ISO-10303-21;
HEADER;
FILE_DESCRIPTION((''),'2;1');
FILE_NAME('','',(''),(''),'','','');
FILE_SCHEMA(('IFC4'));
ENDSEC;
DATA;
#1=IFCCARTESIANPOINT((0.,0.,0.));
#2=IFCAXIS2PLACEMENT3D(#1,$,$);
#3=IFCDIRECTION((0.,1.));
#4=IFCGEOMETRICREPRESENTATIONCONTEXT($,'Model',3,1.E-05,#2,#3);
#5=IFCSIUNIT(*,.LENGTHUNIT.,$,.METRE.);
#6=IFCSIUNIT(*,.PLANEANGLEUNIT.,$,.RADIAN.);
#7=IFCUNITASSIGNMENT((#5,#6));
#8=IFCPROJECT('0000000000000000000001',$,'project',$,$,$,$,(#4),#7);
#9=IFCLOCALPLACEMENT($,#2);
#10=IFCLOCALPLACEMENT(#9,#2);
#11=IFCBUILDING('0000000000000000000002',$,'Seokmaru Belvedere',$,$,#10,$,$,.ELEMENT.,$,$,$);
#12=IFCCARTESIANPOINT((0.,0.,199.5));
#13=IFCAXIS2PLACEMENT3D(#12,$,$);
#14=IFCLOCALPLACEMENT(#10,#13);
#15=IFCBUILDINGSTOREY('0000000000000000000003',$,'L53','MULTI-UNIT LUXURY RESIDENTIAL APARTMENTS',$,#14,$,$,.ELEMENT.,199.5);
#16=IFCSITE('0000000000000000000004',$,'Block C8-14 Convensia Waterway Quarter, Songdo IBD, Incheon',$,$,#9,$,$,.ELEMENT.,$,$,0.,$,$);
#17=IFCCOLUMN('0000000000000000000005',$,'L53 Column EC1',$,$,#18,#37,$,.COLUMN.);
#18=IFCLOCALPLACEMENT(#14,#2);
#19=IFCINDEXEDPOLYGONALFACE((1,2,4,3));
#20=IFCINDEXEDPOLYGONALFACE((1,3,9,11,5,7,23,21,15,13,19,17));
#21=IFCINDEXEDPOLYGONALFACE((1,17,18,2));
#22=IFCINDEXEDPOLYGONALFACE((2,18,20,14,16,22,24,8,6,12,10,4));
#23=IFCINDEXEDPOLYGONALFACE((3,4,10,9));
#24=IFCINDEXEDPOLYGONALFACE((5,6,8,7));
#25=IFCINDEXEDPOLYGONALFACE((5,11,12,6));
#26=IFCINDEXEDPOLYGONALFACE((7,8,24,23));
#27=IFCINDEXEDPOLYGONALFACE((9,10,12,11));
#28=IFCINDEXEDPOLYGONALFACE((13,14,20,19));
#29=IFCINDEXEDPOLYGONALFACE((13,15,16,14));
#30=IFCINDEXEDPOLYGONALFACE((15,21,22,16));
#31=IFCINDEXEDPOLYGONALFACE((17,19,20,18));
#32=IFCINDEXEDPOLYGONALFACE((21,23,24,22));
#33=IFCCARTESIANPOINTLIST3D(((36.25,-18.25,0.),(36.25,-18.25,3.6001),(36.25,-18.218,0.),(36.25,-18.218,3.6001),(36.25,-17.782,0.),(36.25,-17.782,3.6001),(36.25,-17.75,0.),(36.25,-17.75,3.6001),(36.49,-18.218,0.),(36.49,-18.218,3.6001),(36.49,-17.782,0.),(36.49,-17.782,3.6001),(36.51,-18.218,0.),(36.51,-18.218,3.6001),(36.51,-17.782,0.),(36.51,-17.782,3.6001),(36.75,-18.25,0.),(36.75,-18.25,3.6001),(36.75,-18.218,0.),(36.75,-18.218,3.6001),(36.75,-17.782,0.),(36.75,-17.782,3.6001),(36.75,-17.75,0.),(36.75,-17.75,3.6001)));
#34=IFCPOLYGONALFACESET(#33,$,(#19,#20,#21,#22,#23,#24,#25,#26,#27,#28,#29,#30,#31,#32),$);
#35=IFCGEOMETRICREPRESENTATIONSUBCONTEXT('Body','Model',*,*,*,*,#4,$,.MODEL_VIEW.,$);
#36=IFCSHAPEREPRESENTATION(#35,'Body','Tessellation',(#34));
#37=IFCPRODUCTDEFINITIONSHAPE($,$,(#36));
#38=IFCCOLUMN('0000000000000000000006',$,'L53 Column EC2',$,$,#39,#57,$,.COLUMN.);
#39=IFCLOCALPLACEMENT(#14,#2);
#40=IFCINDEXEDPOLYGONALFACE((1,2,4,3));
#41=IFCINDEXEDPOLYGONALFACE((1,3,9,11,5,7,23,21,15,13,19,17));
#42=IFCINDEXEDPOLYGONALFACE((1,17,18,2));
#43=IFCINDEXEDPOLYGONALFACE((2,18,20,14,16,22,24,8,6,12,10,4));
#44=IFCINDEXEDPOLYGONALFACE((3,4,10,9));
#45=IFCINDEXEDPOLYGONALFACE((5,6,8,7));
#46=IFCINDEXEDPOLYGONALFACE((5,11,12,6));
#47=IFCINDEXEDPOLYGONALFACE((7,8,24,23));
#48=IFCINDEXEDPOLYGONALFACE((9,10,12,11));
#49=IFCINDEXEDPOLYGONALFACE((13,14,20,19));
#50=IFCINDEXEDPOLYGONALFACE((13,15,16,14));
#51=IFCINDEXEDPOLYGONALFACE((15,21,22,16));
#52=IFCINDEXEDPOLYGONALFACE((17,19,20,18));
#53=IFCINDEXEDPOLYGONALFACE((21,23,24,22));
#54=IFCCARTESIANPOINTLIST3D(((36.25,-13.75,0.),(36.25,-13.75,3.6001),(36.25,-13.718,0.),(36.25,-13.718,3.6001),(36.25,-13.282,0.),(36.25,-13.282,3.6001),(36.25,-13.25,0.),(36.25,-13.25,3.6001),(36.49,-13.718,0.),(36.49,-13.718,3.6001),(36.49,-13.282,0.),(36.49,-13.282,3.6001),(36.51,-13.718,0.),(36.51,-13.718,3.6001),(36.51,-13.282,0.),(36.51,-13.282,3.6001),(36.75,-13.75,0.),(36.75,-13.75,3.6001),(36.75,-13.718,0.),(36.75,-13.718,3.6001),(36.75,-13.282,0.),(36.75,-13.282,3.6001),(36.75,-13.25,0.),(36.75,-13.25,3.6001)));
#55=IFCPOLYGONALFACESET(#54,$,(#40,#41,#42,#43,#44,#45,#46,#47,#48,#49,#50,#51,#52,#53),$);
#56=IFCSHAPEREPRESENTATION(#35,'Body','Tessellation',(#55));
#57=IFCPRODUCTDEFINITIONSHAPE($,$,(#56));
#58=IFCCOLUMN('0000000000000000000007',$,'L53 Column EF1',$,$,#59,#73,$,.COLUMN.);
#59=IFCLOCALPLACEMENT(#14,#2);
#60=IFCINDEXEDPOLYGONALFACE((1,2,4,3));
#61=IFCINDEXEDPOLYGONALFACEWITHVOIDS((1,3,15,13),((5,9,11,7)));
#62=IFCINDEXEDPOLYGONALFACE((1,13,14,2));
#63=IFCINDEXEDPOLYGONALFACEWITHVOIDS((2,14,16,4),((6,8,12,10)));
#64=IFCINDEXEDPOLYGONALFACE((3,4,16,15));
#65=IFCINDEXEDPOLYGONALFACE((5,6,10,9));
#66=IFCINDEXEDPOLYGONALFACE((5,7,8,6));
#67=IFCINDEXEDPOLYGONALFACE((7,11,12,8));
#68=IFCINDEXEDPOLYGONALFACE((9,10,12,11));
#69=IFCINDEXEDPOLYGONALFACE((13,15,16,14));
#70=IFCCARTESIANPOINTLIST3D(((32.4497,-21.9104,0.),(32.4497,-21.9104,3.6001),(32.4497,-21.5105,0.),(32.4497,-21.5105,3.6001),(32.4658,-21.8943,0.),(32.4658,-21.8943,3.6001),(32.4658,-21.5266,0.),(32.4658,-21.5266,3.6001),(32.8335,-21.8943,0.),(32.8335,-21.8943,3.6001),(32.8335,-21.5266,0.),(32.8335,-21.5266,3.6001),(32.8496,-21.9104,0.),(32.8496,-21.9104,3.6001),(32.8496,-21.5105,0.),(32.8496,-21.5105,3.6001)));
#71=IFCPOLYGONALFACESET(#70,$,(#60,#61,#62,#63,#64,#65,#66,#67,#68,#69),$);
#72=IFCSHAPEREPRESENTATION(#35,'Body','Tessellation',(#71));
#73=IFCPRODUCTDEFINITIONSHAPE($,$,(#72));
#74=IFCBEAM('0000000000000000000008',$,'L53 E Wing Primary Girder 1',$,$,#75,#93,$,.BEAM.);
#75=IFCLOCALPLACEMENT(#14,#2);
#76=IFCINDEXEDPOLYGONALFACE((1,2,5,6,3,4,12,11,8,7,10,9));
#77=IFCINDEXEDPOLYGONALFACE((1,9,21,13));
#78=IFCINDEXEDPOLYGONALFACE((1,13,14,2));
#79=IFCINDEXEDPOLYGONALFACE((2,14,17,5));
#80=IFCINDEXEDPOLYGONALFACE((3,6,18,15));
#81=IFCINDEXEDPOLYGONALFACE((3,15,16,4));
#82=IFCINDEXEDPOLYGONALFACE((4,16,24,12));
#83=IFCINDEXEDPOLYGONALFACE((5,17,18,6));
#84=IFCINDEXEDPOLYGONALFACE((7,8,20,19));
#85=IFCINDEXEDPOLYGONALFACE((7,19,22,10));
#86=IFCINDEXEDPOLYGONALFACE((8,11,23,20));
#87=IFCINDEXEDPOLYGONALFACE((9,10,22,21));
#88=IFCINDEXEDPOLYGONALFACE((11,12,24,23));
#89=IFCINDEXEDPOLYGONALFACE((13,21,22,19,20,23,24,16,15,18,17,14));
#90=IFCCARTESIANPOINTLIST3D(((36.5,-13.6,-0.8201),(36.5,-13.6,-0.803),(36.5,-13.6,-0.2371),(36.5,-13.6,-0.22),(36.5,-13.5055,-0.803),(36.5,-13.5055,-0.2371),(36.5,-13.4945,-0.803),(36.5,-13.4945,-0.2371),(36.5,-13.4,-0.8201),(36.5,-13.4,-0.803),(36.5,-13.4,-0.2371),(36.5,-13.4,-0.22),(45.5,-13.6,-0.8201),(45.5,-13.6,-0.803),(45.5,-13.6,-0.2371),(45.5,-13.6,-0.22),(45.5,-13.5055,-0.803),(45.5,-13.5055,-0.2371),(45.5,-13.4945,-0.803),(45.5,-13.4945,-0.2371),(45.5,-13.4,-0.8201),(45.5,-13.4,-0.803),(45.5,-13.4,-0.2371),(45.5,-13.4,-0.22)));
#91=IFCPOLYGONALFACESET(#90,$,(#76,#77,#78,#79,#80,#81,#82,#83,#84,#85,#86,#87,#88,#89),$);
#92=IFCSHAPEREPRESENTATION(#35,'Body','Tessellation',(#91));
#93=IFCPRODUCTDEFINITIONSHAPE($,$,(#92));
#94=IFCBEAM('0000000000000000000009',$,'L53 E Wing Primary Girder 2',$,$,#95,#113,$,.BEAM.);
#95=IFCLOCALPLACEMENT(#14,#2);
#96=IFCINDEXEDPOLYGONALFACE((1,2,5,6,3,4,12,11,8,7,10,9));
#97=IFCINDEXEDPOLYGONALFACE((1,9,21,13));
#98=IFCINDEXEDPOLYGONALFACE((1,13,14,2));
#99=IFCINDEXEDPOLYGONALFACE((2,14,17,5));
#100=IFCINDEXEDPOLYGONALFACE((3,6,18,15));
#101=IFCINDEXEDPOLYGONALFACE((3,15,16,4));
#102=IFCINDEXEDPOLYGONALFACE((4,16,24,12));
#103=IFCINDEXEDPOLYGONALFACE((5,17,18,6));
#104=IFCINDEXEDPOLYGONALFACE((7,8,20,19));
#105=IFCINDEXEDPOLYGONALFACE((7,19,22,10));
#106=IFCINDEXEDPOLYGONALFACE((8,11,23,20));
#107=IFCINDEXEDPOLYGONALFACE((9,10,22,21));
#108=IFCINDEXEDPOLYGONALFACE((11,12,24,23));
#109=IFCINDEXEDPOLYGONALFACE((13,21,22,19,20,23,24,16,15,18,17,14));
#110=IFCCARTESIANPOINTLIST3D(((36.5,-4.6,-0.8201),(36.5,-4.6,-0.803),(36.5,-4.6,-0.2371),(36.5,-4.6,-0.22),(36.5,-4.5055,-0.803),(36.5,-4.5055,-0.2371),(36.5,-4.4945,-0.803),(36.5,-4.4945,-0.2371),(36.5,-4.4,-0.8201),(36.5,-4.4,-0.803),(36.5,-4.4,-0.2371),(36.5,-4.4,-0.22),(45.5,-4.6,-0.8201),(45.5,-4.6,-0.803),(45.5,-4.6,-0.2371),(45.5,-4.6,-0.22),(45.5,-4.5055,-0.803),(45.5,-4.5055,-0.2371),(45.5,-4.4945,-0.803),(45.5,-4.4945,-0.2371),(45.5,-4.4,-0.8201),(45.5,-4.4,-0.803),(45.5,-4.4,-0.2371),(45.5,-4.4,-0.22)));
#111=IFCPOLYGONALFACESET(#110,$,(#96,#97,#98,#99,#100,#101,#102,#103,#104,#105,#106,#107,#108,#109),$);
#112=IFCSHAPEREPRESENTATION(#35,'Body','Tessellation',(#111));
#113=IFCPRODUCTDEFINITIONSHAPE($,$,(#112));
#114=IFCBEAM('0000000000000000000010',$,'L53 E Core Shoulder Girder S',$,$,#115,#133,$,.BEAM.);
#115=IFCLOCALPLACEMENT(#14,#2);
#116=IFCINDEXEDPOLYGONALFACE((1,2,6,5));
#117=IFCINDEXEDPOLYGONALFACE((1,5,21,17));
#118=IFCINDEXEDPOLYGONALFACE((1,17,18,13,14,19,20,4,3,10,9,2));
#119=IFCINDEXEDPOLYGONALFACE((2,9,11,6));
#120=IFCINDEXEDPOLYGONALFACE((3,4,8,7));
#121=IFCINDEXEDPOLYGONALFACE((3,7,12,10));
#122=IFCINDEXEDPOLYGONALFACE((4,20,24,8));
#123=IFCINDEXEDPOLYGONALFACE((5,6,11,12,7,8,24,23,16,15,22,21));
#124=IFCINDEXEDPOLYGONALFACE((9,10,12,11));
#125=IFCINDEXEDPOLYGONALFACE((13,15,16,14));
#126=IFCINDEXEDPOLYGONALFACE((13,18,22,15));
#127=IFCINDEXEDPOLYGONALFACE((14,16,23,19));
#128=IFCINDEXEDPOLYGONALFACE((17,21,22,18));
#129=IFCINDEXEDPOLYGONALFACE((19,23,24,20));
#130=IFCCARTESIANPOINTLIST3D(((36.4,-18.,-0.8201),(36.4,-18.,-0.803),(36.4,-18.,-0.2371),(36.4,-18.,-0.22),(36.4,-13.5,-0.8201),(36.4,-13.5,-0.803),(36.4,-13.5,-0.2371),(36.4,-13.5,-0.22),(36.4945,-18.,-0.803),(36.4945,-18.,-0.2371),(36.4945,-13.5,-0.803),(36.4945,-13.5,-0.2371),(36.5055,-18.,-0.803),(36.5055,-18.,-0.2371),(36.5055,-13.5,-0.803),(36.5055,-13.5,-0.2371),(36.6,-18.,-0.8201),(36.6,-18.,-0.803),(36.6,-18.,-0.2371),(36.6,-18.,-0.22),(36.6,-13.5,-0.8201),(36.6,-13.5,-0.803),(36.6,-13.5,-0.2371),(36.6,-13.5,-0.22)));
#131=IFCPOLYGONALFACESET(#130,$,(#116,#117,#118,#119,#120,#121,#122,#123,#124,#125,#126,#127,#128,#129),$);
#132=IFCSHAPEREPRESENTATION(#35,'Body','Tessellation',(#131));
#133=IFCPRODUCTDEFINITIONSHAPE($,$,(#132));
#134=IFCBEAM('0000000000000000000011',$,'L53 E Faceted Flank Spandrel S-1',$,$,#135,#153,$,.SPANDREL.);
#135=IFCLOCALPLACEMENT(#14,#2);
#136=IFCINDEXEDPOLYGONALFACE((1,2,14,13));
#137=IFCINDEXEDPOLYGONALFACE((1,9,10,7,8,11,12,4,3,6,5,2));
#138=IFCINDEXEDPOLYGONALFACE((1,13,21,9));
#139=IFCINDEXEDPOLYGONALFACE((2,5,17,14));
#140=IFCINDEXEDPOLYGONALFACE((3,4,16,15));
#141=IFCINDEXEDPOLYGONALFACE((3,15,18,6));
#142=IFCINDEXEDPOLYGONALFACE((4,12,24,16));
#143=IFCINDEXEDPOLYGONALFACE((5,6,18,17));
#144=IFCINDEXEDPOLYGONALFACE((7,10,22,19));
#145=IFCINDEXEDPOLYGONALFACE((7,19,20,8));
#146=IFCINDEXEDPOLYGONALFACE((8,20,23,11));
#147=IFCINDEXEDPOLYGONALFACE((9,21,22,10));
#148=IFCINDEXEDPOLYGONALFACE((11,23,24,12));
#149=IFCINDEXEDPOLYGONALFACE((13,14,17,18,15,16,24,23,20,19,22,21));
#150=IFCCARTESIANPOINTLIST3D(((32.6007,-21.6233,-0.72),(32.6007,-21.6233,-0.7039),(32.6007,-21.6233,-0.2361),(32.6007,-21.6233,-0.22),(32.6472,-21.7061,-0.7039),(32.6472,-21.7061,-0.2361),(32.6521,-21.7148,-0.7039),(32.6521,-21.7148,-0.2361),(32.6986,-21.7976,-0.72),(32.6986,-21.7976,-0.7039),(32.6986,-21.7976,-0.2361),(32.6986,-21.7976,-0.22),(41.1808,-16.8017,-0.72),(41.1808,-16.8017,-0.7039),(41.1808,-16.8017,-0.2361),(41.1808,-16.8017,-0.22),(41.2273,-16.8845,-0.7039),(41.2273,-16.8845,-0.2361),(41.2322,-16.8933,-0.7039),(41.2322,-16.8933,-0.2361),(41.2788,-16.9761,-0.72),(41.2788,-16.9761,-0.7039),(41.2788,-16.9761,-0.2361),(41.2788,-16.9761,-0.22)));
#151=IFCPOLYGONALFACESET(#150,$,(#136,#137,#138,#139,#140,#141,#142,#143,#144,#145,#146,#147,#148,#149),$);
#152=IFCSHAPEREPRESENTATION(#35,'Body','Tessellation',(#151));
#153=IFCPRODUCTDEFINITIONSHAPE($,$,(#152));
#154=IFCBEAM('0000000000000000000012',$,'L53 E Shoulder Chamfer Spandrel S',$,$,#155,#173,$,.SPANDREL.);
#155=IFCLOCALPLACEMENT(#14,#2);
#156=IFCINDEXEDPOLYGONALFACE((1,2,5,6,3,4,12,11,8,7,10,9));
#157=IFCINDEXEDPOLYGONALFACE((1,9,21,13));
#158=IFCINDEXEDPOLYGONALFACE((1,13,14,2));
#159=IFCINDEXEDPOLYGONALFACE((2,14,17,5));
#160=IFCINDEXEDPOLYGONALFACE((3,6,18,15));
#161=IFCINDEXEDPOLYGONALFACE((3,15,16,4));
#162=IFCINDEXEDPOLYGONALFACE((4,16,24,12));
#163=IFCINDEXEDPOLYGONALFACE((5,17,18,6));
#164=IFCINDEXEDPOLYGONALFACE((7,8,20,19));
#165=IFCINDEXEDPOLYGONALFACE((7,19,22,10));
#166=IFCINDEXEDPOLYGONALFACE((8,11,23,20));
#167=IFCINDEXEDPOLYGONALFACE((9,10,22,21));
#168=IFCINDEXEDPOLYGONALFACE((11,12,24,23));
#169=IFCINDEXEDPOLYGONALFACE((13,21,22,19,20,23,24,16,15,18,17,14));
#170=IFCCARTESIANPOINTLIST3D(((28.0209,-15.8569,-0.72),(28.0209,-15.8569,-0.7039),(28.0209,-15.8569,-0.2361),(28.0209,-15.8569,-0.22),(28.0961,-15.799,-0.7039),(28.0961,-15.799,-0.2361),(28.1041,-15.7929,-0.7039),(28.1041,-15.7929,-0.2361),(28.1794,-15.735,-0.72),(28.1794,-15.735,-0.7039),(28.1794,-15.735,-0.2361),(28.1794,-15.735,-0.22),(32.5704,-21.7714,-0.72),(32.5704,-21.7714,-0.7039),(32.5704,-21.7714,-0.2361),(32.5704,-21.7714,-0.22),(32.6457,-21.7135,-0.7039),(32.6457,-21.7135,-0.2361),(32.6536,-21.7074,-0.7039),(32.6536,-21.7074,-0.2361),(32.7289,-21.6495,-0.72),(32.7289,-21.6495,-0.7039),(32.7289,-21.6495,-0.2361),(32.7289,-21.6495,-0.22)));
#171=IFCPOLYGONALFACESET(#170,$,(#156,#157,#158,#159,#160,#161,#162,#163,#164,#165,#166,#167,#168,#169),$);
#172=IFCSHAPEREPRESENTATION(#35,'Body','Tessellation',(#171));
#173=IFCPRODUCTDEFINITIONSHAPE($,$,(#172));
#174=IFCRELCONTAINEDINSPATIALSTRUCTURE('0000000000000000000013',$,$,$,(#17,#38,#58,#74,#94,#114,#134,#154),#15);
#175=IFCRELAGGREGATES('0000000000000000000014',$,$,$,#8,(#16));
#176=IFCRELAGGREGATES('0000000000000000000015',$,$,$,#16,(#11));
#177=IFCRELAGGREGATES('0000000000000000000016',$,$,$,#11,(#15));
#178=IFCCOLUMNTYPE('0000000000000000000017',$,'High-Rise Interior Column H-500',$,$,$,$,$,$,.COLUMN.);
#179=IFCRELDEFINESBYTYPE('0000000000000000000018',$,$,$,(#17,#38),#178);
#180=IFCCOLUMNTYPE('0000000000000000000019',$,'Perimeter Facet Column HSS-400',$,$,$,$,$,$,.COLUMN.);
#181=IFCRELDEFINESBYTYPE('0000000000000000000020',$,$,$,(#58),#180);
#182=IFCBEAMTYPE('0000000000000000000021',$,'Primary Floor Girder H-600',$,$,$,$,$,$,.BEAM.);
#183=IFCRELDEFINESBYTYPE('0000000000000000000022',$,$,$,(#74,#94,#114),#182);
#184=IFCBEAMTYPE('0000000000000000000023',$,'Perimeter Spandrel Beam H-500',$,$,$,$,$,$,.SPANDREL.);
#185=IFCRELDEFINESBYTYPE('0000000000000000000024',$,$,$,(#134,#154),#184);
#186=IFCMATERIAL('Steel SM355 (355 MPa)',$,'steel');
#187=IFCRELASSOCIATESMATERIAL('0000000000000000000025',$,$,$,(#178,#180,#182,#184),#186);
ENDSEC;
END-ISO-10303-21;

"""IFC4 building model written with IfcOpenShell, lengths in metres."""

from ifc_helpers import new_model, si_unit, direction, frame, origin, origin_2d, place, context, subcontext, project, spatial, hollow_rectangle, i_section, extrude, source, transform, mapped, material, material_profile, profile_set, type_object, type_shapes, element, save


model = new_model("IFC4")

# Units and contexts
model_context = context("Model", 3, precision=1e-05, world=origin(), true_north=direction((0.0, 1.0)))
body_context = subcontext(model_context, "Body", "Model", "MODEL_VIEW")
ifc_project = project(units=[si_unit("LENGTHUNIT", "METRE"), si_unit("PLANEANGLEUNIT", "RADIAN")], contexts=[model_context])

# Site, building, storey
site_placement = place(None, origin())
site = spatial("IfcSite", under=ifc_project, at=site_placement, Name="Block C8-14 Convensia Waterway Quarter, Songdo IBD, Incheon", CompositionType="ELEMENT", RefElevation=0.0)
building_placement = place(site_placement, origin())
building = spatial("IfcBuilding", under=site, at=building_placement, Name="Seokmaru Belvedere", CompositionType="ELEMENT")
storey_placement = place(building_placement, frame((0.0, 0.0, 199.5)))
storey = spatial("IfcBuildingStorey", under=building, at=storey_placement, Name="L53", Description="MULTI-UNIT LUXURY RESIDENTIAL APARTMENTS", CompositionType="ELEMENT", Elevation=199.5)

# Columns
ifc_material_1 = material(Name="Steel SM355 (355 MPa)", Category="steel")
ifc_material_profile_1 = material_profile(ifc_material_1, i_section(OverallWidth=0.5, OverallDepth=0.5, WebThickness=0.02, FlangeThickness=0.032, at=origin_2d()), Name="H-500x500x20x32")
ifc_profile_set_1 = profile_set([ifc_material_profile_1], Name="Steel SM355 (355 MPa)")
column_type_1 = type_object("IfcColumnType", Name="High-Rise Interior Column H-500", PredefinedType="COLUMN", material=ifc_profile_set_1)
shared_shape_1 = source(origin(), body_context, "Body", "SweptSolid", [
    extrude(i_section(OverallWidth=0.5, OverallDepth=0.5, WebThickness=0.02, FlangeThickness=0.032, at=origin_2d()), origin(), (0.0, 0.0, 1.0), 3.6001),
])
type_shapes(column_type_1, [shared_shape_1])
for number, where, z_axis, x_axis, name in (
    (1, (36.5, -18.0, 0.0), (0.0, 0.0, 1.0), (1.0, 0.0, 0.0), "L53 Column EC1"),
    (2, (36.5, -13.5, 0.0), (0.0, 0.0, 1.0), (1.0, 0.0, 0.0), "L53 Column EC2"),
):
    element("IfcColumn", number, at=place(storey_placement, frame(where, z_axis=z_axis, x_axis=x_axis)), inside=storey, type_object=column_type_1, Name=name, PredefinedType="COLUMN", context=body_context, shape_type="MappedRepresentation", body=[
        mapped(shared_shape_1, transform((0.0, 0.0, 0.0), scale=1.0)),
    ])
ifc_material_profile_2 = material_profile(ifc_material_1, hollow_rectangle(XDim=0.3999, YDim=0.3999, WallThickness=0.0161, at=origin_2d()), Name="HSS-400x400x16")
ifc_profile_set_2 = profile_set([ifc_material_profile_2], Name="Steel SM355 (355 MPa)")
column_type_2 = type_object("IfcColumnType", Name="Perimeter Facet Column HSS-400", PredefinedType="COLUMN", material=ifc_profile_set_2)
shared_shape_2 = source(origin(), body_context, "Body", "SweptSolid", [
    extrude(hollow_rectangle(XDim=0.3999, YDim=0.3999, WallThickness=0.0161, at=origin_2d()), origin(), (0.0, 0.0, 1.0), 3.6001),
])
type_shapes(column_type_2, [shared_shape_2])
column_placement = place(storey_placement, frame((32.6497, -21.7104, 0.0), z_axis=(0.0, 0.0, 1.0), x_axis=(1.0, 0.0, 0.0)))
element("IfcColumn", 3, at=column_placement, inside=storey, type_object=column_type_2, Name="L53 Column EF1", PredefinedType="COLUMN", context=body_context, shape_type="MappedRepresentation", body=[
    mapped(shared_shape_2, transform((0.0, 0.0, 0.0), scale=1.0)),
])

# Beams
ifc_material_profile_3 = material_profile(ifc_material_1, i_section(OverallWidth=0.2, OverallDepth=0.6001, WebThickness=0.011, FlangeThickness=0.0171, at=origin_2d()), Name="H-600x200x11x17")
ifc_profile_set_3 = profile_set([ifc_material_profile_3], Name="Steel SM355 (355 MPa)")
beam_type_1 = type_object("IfcBeamType", Name="Primary Floor Girder H-600", PredefinedType="BEAM", material=ifc_profile_set_3)
shared_shape_3 = source(origin(), body_context, "Body", "SweptSolid", [
    extrude(i_section(OverallWidth=0.2, OverallDepth=0.6001, WebThickness=0.011, FlangeThickness=0.0171, at=origin_2d()), origin(), (0.0, 0.0, 1.0), 9.0),
])
for number, where, z_axis, x_axis, name in (
    (4, (36.5, -13.5, -0.52), (1.0, 0.0, 0.0), (0.0, 1.0, 0.0), "L53 E Wing Primary Girder 1"),
    (5, (36.5, -4.5, -0.52), (1.0, 0.0, 0.0), (0.0, 1.0, 0.0), "L53 E Wing Primary Girder 2"),
):
    element("IfcBeam", number, at=place(storey_placement, frame(where, z_axis=z_axis, x_axis=x_axis)), inside=storey, type_object=beam_type_1, Name=name, PredefinedType="BEAM", context=body_context, shape_type="MappedRepresentation", body=[
        mapped(shared_shape_3, transform((0.0, 0.0, 0.0), scale=1.0)),
    ])
shared_shape_4 = source(origin(), body_context, "Body", "SweptSolid", [
    extrude(i_section(OverallWidth=0.2, OverallDepth=0.6001, WebThickness=0.011, FlangeThickness=0.0171, at=origin_2d()), origin(), (0.0, 0.0, 1.0), 4.5),
])
type_shapes(beam_type_1, [shared_shape_3, shared_shape_4])
beam_1_placement = place(storey_placement, frame((36.5, -18.0, -0.52), z_axis=(0.0, 1.0, 0.0), x_axis=(-1.0, 0.0, 0.0)))
element("IfcBeam", 6, at=beam_1_placement, inside=storey, type_object=beam_type_1, Name="L53 E Core Shoulder Girder S", PredefinedType="BEAM", context=body_context, shape_type="MappedRepresentation", body=[
    mapped(shared_shape_4, transform((0.0, 0.0, 0.0), scale=1.0)),
])
ifc_material_profile_4 = material_profile(ifc_material_1, i_section(OverallWidth=0.2, OverallDepth=0.5, WebThickness=0.01, FlangeThickness=0.0161, at=origin_2d()), Name="H-500x200x10x16")
ifc_profile_set_4 = profile_set([ifc_material_profile_4], Name="Steel SM355 (355 MPa)")
beam_type_2 = type_object("IfcBeamType", Name="Perimeter Spandrel Beam H-500", PredefinedType="SPANDREL", material=ifc_profile_set_4)
shared_shape_5 = source(origin(), body_context, "Body", "SweptSolid", [
    extrude(i_section(OverallWidth=0.2, OverallDepth=0.5, WebThickness=0.01, FlangeThickness=0.0161, at=origin_2d()), origin(), (0.0, 0.0, 1.0), 9.842),
])
beam_2_placement = place(storey_placement, frame((32.6497, -21.7104, -0.47), z_axis=(0.871782, 0.489894, 0.0), x_axis=(-0.489894, 0.871782, 0.0)))
element("IfcBeam", 7, at=beam_2_placement, inside=storey, type_object=beam_type_2, Name="L53 E Faceted Flank Spandrel S-1", PredefinedType="SPANDREL", context=body_context, shape_type="MappedRepresentation", body=[
    mapped(shared_shape_5, transform((0.0, 0.0, 0.0), scale=1.0)),
])
shared_shape_6 = source(origin(), body_context, "Body", "SweptSolid", [
    extrude(i_section(OverallWidth=0.2, OverallDepth=0.5, WebThickness=0.01, FlangeThickness=0.0161, at=origin_2d()), origin(), (0.0, 0.0, 1.0), 7.4619),
])
type_shapes(beam_type_2, [shared_shape_5, shared_shape_6])
beam_3_placement = place(storey_placement, frame((32.6497, -21.7104, -0.47), z_axis=(-0.609703, 0.79263, 0.0), x_axis=(-0.79263, -0.609703, 0.0)))
element("IfcBeam", 8, at=beam_3_placement, inside=storey, type_object=beam_type_2, Name="L53 E Shoulder Chamfer Spandrel S", PredefinedType="SPANDREL", context=body_context, shape_type="MappedRepresentation", body=[
    mapped(shared_shape_6, transform((0.0, 0.0, 0.0), scale=1.0)),
])

save(model, "model.ifc")
